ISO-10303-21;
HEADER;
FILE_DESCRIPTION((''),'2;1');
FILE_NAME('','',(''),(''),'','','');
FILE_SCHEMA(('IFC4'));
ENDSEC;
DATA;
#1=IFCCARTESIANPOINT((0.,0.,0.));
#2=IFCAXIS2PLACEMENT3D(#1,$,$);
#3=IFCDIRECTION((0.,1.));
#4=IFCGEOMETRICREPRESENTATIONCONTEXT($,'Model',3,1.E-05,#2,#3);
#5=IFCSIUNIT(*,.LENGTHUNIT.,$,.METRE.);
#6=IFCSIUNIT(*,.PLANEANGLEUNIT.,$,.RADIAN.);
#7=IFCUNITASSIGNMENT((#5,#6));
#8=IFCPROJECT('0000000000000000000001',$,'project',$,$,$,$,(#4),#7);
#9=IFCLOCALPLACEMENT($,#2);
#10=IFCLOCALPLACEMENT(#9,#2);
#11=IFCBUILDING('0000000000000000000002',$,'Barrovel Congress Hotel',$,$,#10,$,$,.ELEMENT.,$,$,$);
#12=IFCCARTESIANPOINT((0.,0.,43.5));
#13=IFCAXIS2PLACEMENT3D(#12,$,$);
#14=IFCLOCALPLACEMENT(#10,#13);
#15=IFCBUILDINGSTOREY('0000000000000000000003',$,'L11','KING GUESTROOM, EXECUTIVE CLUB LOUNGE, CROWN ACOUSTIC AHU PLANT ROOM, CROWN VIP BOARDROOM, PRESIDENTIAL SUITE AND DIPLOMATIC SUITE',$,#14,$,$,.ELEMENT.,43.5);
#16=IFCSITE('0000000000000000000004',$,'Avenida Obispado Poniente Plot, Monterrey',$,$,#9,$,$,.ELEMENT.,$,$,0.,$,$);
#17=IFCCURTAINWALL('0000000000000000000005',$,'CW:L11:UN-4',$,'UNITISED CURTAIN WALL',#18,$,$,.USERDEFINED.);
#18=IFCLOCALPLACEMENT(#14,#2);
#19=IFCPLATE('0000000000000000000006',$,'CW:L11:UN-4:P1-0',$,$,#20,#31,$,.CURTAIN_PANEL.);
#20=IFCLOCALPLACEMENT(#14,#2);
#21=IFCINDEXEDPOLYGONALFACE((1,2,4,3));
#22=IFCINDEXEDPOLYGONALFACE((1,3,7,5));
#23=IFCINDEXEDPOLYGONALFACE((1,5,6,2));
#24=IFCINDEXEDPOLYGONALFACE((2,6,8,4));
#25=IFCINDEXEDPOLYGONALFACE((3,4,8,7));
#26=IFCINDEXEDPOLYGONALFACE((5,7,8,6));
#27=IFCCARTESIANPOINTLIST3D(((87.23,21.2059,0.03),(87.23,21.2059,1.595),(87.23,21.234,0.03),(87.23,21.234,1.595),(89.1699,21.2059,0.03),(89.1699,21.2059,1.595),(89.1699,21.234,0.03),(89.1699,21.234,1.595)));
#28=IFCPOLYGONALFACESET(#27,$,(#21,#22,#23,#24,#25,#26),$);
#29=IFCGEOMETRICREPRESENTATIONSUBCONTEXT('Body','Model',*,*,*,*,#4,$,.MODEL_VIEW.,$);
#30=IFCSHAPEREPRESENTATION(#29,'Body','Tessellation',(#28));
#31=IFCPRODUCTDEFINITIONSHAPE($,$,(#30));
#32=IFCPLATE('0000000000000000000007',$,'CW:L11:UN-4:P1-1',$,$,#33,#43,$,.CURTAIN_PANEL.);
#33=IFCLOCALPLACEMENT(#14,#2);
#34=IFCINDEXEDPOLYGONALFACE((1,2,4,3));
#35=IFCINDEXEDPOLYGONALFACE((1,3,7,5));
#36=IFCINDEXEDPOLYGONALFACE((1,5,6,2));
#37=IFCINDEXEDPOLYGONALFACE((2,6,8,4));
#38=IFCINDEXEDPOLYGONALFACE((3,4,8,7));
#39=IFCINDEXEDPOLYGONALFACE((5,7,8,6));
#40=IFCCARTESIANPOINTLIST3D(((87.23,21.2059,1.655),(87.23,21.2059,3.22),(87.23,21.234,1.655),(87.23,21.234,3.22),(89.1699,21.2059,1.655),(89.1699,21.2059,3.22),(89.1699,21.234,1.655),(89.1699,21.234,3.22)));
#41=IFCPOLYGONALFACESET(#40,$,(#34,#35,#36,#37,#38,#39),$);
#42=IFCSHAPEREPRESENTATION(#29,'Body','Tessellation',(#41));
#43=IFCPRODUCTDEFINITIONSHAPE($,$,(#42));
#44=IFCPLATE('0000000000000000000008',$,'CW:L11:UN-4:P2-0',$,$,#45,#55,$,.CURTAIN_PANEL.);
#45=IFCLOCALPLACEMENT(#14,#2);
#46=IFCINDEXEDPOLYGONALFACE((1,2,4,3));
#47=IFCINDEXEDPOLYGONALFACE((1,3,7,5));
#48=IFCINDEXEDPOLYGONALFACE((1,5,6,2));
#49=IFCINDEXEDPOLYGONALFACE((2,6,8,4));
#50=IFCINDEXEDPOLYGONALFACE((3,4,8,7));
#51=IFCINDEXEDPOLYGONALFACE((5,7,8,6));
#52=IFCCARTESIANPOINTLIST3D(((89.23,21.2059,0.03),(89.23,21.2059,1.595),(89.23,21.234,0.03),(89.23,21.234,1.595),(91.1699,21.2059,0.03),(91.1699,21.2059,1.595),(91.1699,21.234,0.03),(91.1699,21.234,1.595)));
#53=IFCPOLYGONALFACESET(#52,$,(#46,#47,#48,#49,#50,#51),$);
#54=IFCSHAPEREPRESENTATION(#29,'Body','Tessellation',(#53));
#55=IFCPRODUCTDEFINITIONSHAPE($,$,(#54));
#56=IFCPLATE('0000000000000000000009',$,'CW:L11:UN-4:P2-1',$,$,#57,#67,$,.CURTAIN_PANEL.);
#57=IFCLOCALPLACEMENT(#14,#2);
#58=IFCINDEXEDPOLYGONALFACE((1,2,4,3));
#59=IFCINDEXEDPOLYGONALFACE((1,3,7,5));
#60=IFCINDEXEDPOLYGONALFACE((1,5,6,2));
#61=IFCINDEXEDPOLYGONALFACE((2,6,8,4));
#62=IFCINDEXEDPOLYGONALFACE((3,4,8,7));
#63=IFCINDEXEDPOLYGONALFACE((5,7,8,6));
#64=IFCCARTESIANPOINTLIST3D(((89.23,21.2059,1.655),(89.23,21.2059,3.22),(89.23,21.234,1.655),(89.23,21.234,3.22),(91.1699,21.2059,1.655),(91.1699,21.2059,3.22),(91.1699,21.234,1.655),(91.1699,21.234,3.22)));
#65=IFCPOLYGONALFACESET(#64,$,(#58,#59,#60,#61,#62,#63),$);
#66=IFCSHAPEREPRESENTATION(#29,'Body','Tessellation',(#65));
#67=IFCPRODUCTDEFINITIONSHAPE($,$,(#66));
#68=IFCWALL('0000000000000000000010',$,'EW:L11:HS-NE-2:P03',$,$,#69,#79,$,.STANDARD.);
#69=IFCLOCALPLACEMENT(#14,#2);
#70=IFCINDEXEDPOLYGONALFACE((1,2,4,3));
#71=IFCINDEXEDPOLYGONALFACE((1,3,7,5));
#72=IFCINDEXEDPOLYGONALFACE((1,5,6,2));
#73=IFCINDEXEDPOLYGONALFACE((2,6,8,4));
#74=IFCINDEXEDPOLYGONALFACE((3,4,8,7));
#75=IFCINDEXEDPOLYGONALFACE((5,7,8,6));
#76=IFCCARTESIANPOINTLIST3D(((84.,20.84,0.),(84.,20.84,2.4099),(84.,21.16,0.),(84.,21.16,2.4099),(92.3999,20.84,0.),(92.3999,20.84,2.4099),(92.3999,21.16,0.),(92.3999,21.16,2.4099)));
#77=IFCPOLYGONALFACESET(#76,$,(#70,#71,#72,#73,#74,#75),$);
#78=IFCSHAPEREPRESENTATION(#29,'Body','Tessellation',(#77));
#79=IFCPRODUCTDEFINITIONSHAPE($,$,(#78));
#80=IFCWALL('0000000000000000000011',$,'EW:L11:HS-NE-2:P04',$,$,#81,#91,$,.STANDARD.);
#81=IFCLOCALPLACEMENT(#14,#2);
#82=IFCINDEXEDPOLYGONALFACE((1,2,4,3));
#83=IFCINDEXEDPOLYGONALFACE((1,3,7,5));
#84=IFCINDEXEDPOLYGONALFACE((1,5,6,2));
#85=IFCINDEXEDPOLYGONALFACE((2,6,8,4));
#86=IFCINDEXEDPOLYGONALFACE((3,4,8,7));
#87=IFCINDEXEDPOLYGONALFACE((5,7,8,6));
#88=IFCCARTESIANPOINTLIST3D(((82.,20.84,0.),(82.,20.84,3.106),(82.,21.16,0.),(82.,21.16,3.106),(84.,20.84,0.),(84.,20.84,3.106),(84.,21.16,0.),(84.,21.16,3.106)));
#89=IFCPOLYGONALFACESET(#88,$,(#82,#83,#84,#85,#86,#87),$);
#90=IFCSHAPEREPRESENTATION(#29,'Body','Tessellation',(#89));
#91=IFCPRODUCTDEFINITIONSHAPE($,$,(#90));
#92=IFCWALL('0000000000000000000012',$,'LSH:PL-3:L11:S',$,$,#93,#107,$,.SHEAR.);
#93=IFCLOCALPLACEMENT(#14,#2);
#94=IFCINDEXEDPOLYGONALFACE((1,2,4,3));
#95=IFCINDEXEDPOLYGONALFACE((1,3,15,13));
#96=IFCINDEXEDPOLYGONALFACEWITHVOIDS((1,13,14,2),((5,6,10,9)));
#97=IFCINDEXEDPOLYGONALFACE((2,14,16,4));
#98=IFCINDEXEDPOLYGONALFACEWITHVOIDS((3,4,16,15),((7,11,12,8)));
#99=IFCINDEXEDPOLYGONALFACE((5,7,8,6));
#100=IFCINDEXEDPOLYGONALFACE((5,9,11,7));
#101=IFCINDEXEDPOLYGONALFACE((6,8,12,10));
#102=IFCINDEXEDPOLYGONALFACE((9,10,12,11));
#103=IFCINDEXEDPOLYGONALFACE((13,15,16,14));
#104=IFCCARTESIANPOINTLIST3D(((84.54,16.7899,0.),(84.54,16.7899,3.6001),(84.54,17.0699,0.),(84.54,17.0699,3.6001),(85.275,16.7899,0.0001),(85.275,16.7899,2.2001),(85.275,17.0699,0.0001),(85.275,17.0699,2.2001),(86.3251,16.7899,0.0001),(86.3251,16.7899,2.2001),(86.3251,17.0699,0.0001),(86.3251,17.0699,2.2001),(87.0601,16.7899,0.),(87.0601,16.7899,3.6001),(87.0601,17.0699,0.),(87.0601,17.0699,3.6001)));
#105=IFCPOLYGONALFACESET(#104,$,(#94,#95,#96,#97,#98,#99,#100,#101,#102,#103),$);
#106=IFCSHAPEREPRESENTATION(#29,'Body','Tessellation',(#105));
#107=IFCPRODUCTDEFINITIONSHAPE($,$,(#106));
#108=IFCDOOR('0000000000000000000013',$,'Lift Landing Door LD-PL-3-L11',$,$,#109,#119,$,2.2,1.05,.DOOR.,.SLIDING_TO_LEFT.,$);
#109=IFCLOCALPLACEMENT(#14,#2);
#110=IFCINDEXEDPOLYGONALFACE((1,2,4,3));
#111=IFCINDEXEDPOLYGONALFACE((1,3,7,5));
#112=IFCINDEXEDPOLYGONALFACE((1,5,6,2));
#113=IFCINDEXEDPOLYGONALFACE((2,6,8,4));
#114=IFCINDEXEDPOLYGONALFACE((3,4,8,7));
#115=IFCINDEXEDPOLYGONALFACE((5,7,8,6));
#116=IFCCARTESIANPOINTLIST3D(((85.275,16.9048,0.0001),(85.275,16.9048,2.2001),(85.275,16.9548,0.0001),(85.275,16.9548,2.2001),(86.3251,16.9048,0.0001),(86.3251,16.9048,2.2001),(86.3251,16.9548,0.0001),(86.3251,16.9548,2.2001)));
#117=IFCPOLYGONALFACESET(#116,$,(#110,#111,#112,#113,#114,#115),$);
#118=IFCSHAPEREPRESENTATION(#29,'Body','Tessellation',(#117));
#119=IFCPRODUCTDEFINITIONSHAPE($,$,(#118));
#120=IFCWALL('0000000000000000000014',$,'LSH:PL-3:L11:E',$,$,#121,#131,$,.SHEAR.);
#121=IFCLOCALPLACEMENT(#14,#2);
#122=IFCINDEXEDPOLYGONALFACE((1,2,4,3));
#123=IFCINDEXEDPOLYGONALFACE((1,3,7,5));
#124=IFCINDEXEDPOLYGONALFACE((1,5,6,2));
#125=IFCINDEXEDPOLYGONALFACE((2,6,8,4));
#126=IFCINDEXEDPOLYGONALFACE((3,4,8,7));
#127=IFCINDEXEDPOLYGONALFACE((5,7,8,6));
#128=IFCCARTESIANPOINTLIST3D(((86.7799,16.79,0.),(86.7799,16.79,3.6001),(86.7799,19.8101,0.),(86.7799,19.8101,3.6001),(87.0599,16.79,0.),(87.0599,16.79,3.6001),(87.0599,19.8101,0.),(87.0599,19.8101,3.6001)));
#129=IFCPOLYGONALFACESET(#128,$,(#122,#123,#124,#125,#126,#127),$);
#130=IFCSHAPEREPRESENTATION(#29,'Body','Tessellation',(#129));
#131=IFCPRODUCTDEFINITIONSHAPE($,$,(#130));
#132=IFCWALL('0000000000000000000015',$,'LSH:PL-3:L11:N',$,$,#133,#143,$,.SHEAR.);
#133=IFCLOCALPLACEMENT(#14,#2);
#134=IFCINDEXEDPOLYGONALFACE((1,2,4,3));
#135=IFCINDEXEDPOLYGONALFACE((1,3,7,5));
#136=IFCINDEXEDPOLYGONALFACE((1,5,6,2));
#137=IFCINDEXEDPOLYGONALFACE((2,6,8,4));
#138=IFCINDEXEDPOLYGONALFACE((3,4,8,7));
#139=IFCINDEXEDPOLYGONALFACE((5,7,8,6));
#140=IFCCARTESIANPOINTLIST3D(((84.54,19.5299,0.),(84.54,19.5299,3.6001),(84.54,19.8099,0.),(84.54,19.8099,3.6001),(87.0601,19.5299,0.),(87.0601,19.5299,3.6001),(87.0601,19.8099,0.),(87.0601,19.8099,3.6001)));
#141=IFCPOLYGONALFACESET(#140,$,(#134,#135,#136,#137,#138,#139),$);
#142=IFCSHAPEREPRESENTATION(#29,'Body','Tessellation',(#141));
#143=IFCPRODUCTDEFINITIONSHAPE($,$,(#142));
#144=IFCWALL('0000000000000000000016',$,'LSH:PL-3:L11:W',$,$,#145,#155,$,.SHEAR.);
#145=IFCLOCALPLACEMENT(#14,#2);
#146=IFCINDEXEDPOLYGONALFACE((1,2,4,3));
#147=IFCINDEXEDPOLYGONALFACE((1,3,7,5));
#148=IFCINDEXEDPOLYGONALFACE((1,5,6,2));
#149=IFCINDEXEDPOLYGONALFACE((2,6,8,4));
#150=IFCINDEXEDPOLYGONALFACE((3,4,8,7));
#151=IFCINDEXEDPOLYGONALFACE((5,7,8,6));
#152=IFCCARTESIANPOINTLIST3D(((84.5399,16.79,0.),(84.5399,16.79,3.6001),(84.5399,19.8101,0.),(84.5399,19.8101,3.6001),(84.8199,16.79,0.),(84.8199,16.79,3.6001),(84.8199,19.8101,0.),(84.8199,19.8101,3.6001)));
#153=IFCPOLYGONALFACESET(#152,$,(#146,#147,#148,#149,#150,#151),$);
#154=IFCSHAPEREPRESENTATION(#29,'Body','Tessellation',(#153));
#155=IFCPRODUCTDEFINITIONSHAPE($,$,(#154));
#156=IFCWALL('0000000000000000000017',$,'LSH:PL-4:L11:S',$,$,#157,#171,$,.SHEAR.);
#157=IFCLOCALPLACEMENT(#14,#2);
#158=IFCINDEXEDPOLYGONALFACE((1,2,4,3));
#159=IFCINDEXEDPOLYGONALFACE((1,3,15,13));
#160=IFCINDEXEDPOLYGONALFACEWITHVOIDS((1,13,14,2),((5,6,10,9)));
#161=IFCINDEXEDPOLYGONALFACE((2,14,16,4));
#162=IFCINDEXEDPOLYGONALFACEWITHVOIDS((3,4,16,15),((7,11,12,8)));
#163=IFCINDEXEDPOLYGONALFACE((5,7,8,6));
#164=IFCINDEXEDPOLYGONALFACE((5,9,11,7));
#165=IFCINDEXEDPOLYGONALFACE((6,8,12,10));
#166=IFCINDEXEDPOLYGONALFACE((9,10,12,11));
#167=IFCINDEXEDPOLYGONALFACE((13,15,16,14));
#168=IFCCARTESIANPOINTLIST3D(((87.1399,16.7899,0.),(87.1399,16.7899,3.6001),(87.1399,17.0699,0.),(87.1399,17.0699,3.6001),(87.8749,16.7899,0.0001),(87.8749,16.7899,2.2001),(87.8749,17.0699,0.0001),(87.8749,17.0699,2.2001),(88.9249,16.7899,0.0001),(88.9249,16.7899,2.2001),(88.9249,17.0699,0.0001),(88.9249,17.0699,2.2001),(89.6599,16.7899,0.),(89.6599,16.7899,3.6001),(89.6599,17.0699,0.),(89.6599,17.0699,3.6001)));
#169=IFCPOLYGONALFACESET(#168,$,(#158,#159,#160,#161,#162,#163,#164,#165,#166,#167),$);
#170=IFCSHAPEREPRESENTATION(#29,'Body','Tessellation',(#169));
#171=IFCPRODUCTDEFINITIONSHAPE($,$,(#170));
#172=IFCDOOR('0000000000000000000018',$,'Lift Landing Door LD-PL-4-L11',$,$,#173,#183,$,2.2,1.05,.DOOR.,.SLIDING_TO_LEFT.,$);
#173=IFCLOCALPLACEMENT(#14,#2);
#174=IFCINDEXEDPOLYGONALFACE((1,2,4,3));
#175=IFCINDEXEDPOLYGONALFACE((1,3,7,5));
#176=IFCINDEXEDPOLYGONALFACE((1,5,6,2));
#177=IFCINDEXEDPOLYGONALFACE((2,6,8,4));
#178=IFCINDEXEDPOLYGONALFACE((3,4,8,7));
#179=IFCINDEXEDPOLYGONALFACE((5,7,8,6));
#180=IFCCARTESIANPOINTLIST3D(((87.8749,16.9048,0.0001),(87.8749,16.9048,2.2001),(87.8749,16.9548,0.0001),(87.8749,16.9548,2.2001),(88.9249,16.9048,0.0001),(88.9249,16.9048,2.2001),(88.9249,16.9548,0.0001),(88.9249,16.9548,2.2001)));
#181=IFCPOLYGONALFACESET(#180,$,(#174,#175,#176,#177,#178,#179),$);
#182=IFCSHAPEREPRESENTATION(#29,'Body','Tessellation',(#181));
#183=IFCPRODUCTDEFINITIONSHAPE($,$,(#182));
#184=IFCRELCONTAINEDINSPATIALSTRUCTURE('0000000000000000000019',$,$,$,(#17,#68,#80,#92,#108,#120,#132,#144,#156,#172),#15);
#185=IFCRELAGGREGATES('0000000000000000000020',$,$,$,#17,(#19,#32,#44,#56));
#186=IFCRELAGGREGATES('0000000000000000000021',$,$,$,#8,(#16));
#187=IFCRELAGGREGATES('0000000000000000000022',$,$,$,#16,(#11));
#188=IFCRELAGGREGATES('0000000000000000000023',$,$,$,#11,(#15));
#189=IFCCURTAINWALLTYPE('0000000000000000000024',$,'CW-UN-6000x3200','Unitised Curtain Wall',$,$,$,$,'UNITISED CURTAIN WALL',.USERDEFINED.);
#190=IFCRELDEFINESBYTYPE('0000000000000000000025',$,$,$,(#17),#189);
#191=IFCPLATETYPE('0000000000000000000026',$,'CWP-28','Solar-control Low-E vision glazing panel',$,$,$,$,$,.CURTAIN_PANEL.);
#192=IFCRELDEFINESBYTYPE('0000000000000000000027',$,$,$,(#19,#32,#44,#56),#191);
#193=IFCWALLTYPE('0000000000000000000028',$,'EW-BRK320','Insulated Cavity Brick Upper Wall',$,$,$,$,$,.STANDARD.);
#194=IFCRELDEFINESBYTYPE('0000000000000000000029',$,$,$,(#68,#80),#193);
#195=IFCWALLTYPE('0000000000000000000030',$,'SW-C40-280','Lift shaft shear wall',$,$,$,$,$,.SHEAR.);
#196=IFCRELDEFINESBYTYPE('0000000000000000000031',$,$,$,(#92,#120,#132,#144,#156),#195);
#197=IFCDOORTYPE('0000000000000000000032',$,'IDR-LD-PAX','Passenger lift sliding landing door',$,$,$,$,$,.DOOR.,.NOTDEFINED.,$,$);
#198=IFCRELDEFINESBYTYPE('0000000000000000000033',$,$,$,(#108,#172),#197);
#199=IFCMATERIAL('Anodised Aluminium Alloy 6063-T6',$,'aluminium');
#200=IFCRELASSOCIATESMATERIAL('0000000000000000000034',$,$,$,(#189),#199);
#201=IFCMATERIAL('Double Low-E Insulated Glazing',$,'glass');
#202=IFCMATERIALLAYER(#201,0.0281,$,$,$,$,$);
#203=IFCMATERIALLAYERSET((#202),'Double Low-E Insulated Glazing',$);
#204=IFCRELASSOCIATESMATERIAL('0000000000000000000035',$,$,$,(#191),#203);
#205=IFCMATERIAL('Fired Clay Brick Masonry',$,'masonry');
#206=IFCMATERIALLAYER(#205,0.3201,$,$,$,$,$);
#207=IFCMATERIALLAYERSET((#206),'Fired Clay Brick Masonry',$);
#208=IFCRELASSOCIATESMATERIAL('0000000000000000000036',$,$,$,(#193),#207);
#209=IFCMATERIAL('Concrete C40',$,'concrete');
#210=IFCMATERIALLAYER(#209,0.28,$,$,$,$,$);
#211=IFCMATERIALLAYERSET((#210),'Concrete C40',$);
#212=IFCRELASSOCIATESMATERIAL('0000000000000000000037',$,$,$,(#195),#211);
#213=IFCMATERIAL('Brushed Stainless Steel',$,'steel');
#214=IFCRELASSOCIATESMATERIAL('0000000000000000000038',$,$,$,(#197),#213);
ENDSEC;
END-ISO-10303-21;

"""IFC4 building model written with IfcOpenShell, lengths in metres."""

from ifc_helpers import new_model, si_unit, direction, frame, frame_2d, origin, origin_2d, place, context, subcontext, project, spatial, rectangle, extrude, material, layer, layer_set, type_object, element, fill, aggregate, save


model = new_model("IFC4")

# Units and contexts
model_context = context("Model", 3, precision=1e-05, world=origin(), true_north=direction((0.0, 1.0)))
body_context = subcontext(model_context, "Body", "Model", "MODEL_VIEW")
ifc_project = project(units=[si_unit("LENGTHUNIT", "METRE"), si_unit("PLANEANGLEUNIT", "RADIAN")], contexts=[model_context])

# Site, building, storey
site_placement = place(None, origin())
site = spatial("IfcSite", under=ifc_project, at=site_placement, Name="Avenida Obispado Poniente Plot, Monterrey", CompositionType="ELEMENT", RefElevation=0.0)
building_placement = place(site_placement, origin())
building = spatial("IfcBuilding", under=site, at=building_placement, Name="Barrovel Congress Hotel", CompositionType="ELEMENT")
storey_placement = place(building_placement, frame((0.0, 0.0, 43.5)))
storey = spatial("IfcBuildingStorey", under=building, at=storey_placement, Name="L11", Description="KING GUESTROOM, EXECUTIVE CLUB LOUNGE, CROWN ACOUSTIC AHU PLANT ROOM, CROWN VIP BOARDROOM, PRESIDENTIAL SUITE AND DIPLOMATIC SUITE", CompositionType="ELEMENT", Elevation=43.5)

# Shared definitions
ifc_material_1 = material(Name="Concrete C40", Category="concrete")

# Curtain wall, plates
ifc_material_2 = material(Name="Anodised Aluminium Alloy 6063-T6", Category="aluminium")
curtain_wall_type = type_object("IfcCurtainWallType", Name="CW-UN-6000x3200", Description="Unitised Curtain Wall", ElementType="UNITISED CURTAIN WALL", PredefinedType="USERDEFINED", material=ifc_material_2)
curtain_wall_placement = place(storey_placement, origin())
curtain_wall = element("IfcCurtainWall", 1, at=curtain_wall_placement, inside=storey, type_object=curtain_wall_type, Name="CW:L11:UN-4", ObjectType="UNITISED CURTAIN WALL", PredefinedType="USERDEFINED")
ifc_material_3 = material(Name="Double Low-E Insulated Glazing", Category="glass")
ifc_layer_1 = layer(ifc_material_3, 0.0281)
ifc_layer_set_1 = layer_set([ifc_layer_1], Name="Double Low-E Insulated Glazing")
plate_type = type_object("IfcPlateType", Name="CWP-28", Description="Solar-control Low-E vision glazing panel", PredefinedType="CURTAIN_PANEL", material=ifc_layer_set_1)
plate_1_placement = place(storey_placement, frame((88.2, 21.22, 0.03), z_axis=(0.0, 0.0, 1.0), x_axis=(1.0, 0.0, 0.0)))
plate_1 = element("IfcPlate", 2, at=plate_1_placement, type_object=plate_type, Name="CW:L11:UN-4:P1-0", PredefinedType="CURTAIN_PANEL", context=body_context, shape_type="SweptSolid", body=[
    extrude(rectangle(XDim=1.9399, YDim=0.0281, at=origin_2d()), origin(), (0.0, 0.0, 1.0), 1.5649),
])
plate_2_placement = place(storey_placement, frame((88.2, 21.22, 1.655), z_axis=(0.0, 0.0, 1.0), x_axis=(1.0, 0.0, 0.0)))
plate_2 = element("IfcPlate", 3, at=plate_2_placement, type_object=plate_type, Name="CW:L11:UN-4:P1-1", PredefinedType="CURTAIN_PANEL", context=body_context, shape_type="SweptSolid", body=[
    extrude(rectangle(XDim=1.9399, YDim=0.0281, at=origin_2d()), origin(), (0.0, 0.0, 1.0), 1.5649),
])
plate_3_placement = place(storey_placement, frame((90.2, 21.22, 0.03), z_axis=(0.0, 0.0, 1.0), x_axis=(1.0, 0.0, 0.0)))
plate_3 = element("IfcPlate", 4, at=plate_3_placement, type_object=plate_type, Name="CW:L11:UN-4:P2-0", PredefinedType="CURTAIN_PANEL", context=body_context, shape_type="SweptSolid", body=[
    extrude(rectangle(XDim=1.9399, YDim=0.0281, at=origin_2d()), origin(), (0.0, 0.0, 1.0), 1.5649),
])
plate_4_placement = place(storey_placement, frame((90.2, 21.22, 1.655), z_axis=(0.0, 0.0, 1.0), x_axis=(1.0, 0.0, 0.0)))
plate_4 = element("IfcPlate", 5, at=plate_4_placement, type_object=plate_type, Name="CW:L11:UN-4:P2-1", PredefinedType="CURTAIN_PANEL", context=body_context, shape_type="SweptSolid", body=[
    extrude(rectangle(XDim=1.9399, YDim=0.0281, at=origin_2d()), origin(), (0.0, 0.0, 1.0), 1.5649),
])
aggregate(curtain_wall, [plate_1, plate_2, plate_3, plate_4])

# Walls
ifc_material_4 = material(Name="Fired Clay Brick Masonry", Category="masonry")
ifc_layer_2 = layer(ifc_material_4, 0.3201)
ifc_layer_set_2 = layer_set([ifc_layer_2], Name="Fired Clay Brick Masonry")
wall_type_1 = type_object("IfcWallType", Name="EW-BRK320", Description="Insulated Cavity Brick Upper Wall", PredefinedType="STANDARD", material=ifc_layer_set_2)
wall_1_placement = place(storey_placement, frame((92.3999, 21.0, 0.0), z_axis=(0.0, 0.0, 1.0), x_axis=(-1.0, 0.0, 0.0)))
element("IfcWall", 6, at=wall_1_placement, inside=storey, type_object=wall_type_1, Name="EW:L11:HS-NE-2:P03", PredefinedType="STANDARD", context=body_context, shape_type="SweptSolid", body=[
    extrude(rectangle(XDim=8.3999, YDim=0.3201, at=frame_2d((4.2, 0.0))), origin(), (0.0, 0.0, 1.0), 2.4099),
])
wall_2_placement = place(storey_placement, frame((84.0, 21.0, 0.0), z_axis=(0.0, 0.0, 1.0), x_axis=(-1.0, 0.0, 0.0)))
element("IfcWall", 7, at=wall_2_placement, inside=storey, type_object=wall_type_1, Name="EW:L11:HS-NE-2:P04", PredefinedType="STANDARD", context=body_context, shape_type="SweptSolid", body=[
    extrude(rectangle(XDim=2.0, YDim=0.3201, at=frame_2d((1.0, 0.0))), origin(), (0.0, 0.0, 1.0), 3.106),
])

# Wall, opening, door
ifc_layer_3 = layer(ifc_material_1, 0.28)
ifc_layer_set_3 = layer_set([ifc_layer_3], Name="Concrete C40")
wall_type_2 = type_object("IfcWallType", Name="SW-C40-280", Description="Lift shaft shear wall", PredefinedType="SHEAR", material=ifc_layer_set_3)
wall_3_placement = place(storey_placement, frame((84.54, 16.9299, 0.0), z_axis=(0.0, 0.0, 1.0), x_axis=(1.0, 0.0, 0.0)))
wall_3 = element("IfcWall", 8, at=wall_3_placement, inside=storey, type_object=wall_type_2, Name="LSH:PL-3:L11:S", PredefinedType="SHEAR", context=body_context, shape_type="SweptSolid", body=[
    extrude(rectangle(XDim=2.52, YDim=0.28, at=frame_2d((1.26, 0.0))), origin(), (0.0, 0.0, 1.0), 3.6001),
])
opening_1_placement = place(wall_3_placement, frame((0.7351, 0.0, 0.0)))
opening_1 = element("IfcOpeningElement", 9, at=opening_1_placement, cuts=wall_3, PredefinedType="OPENING", context=body_context, shape_type="SweptSolid", body=[
    extrude(rectangle(XDim=1.05, YDim=2.2, at=frame_2d((0.5249, 1.1001))), frame((0.0, 0.1499, 0.0), z_axis=(0.0, -1.0, 0.0), x_axis=(1.0, 0.0, 0.0)), (0.0, 0.0, 1.0), 0.3),
])
ifc_material_5 = material(Name="Brushed Stainless Steel", Category="steel")
door_type = type_object("IfcDoorType", Name="IDR-LD-PAX", Description="Passenger lift sliding landing door", OperationType="NOTDEFINED", PredefinedType="DOOR", material=ifc_material_5)
door_1_placement = place(opening_1_placement, origin())
door_1 = element("IfcDoor", 10, at=door_1_placement, inside=storey, type_object=door_type, Name="Lift Landing Door LD-PL-3-L11", OperationType="SLIDING_TO_LEFT", OverallHeight=2.2, OverallWidth=1.05, PredefinedType="DOOR", context=body_context, shape_type="SweptSolid", body=[
    extrude(rectangle(XDim=1.05, YDim=2.2, at=frame_2d((0.5249, 1.1001))), frame((0.0, 0.0249, 0.0), z_axis=(0.0, -1.0, 0.0), x_axis=(1.0, 0.0, 0.0)), (0.0, 0.0, 1.0), 0.05),
])
fill(opening_1, door_1)

# Walls
wall_4_placement = place(storey_placement, frame((86.9199, 16.79, 0.0), z_axis=(0.0, 0.0, 1.0), x_axis=(0.0, 1.0, 0.0)))
element("IfcWall", 11, at=wall_4_placement, inside=storey, type_object=wall_type_2, Name="LSH:PL-3:L11:E", PredefinedType="SHEAR", context=body_context, shape_type="SweptSolid", body=[
    extrude(rectangle(XDim=3.02, YDim=0.28, at=frame_2d((1.51, 0.0))), origin(), (0.0, 0.0, 1.0), 3.6001),
])
wall_5_placement = place(storey_placement, frame((87.0601, 19.6699, 0.0), z_axis=(0.0, 0.0, 1.0), x_axis=(-1.0, 0.0, 0.0)))
element("IfcWall", 12, at=wall_5_placement, inside=storey, type_object=wall_type_2, Name="LSH:PL-3:L11:N", PredefinedType="SHEAR", context=body_context, shape_type="SweptSolid", body=[
    extrude(rectangle(XDim=2.52, YDim=0.28, at=frame_2d((1.26, 0.0))), origin(), (0.0, 0.0, 1.0), 3.6001),
])
wall_6_placement = place(storey_placement, frame((84.6799, 19.8101, 0.0), z_axis=(0.0, 0.0, 1.0), x_axis=(0.0, -1.0, 0.0)))
element("IfcWall", 13, at=wall_6_placement, inside=storey, type_object=wall_type_2, Name="LSH:PL-3:L11:W", PredefinedType="SHEAR", context=body_context, shape_type="SweptSolid", body=[
    extrude(rectangle(XDim=3.02, YDim=0.28, at=frame_2d((1.51, 0.0))), origin(), (0.0, 0.0, 1.0), 3.6001),
])

# Wall, opening, door
wall_7_placement = place(storey_placement, frame((87.1399, 16.9299, 0.0), z_axis=(0.0, 0.0, 1.0), x_axis=(1.0, 0.0, 0.0)))
wall_7 = element("IfcWall", 14, at=wall_7_placement, inside=storey, type_object=wall_type_2, Name="LSH:PL-4:L11:S", PredefinedType="SHEAR", context=body_context, shape_type="SweptSolid", body=[
    extrude(rectangle(XDim=2.52, YDim=0.28, at=frame_2d((1.26, 0.0))), origin(), (0.0, 0.0, 1.0), 3.6001),
])
opening_2_placement = place(wall_7_placement, frame((0.7351, 0.0, 0.0)))
opening_2 = element("IfcOpeningElement", 15, at=opening_2_placement, cuts=wall_7, PredefinedType="OPENING", context=body_context, shape_type="SweptSolid", body=[
    extrude(rectangle(XDim=1.05, YDim=2.2, at=frame_2d((0.5249, 1.1001))), frame((0.0, 0.1499, 0.0), z_axis=(0.0, -1.0, 0.0), x_axis=(1.0, 0.0, 0.0)), (0.0, 0.0, 1.0), 0.3),
])
door_2_placement = place(opening_2_placement, origin())
door_2 = element("IfcDoor", 16, at=door_2_placement, inside=storey, type_object=door_type, Name="Lift Landing Door LD-PL-4-L11", OperationType="SLIDING_TO_LEFT", OverallHeight=2.2, OverallWidth=1.05, PredefinedType="DOOR", context=body_context, shape_type="SweptSolid", body=[
    extrude(rectangle(XDim=1.05, YDim=2.2, at=frame_2d((0.5249, 1.1001))), frame((0.0, 0.0249, 0.0), z_axis=(0.0, -1.0, 0.0), x_axis=(1.0, 0.0, 0.0)), (0.0, 0.0, 1.0), 0.05),
])
fill(opening_2, door_2)

save(model, "model.ifc")
